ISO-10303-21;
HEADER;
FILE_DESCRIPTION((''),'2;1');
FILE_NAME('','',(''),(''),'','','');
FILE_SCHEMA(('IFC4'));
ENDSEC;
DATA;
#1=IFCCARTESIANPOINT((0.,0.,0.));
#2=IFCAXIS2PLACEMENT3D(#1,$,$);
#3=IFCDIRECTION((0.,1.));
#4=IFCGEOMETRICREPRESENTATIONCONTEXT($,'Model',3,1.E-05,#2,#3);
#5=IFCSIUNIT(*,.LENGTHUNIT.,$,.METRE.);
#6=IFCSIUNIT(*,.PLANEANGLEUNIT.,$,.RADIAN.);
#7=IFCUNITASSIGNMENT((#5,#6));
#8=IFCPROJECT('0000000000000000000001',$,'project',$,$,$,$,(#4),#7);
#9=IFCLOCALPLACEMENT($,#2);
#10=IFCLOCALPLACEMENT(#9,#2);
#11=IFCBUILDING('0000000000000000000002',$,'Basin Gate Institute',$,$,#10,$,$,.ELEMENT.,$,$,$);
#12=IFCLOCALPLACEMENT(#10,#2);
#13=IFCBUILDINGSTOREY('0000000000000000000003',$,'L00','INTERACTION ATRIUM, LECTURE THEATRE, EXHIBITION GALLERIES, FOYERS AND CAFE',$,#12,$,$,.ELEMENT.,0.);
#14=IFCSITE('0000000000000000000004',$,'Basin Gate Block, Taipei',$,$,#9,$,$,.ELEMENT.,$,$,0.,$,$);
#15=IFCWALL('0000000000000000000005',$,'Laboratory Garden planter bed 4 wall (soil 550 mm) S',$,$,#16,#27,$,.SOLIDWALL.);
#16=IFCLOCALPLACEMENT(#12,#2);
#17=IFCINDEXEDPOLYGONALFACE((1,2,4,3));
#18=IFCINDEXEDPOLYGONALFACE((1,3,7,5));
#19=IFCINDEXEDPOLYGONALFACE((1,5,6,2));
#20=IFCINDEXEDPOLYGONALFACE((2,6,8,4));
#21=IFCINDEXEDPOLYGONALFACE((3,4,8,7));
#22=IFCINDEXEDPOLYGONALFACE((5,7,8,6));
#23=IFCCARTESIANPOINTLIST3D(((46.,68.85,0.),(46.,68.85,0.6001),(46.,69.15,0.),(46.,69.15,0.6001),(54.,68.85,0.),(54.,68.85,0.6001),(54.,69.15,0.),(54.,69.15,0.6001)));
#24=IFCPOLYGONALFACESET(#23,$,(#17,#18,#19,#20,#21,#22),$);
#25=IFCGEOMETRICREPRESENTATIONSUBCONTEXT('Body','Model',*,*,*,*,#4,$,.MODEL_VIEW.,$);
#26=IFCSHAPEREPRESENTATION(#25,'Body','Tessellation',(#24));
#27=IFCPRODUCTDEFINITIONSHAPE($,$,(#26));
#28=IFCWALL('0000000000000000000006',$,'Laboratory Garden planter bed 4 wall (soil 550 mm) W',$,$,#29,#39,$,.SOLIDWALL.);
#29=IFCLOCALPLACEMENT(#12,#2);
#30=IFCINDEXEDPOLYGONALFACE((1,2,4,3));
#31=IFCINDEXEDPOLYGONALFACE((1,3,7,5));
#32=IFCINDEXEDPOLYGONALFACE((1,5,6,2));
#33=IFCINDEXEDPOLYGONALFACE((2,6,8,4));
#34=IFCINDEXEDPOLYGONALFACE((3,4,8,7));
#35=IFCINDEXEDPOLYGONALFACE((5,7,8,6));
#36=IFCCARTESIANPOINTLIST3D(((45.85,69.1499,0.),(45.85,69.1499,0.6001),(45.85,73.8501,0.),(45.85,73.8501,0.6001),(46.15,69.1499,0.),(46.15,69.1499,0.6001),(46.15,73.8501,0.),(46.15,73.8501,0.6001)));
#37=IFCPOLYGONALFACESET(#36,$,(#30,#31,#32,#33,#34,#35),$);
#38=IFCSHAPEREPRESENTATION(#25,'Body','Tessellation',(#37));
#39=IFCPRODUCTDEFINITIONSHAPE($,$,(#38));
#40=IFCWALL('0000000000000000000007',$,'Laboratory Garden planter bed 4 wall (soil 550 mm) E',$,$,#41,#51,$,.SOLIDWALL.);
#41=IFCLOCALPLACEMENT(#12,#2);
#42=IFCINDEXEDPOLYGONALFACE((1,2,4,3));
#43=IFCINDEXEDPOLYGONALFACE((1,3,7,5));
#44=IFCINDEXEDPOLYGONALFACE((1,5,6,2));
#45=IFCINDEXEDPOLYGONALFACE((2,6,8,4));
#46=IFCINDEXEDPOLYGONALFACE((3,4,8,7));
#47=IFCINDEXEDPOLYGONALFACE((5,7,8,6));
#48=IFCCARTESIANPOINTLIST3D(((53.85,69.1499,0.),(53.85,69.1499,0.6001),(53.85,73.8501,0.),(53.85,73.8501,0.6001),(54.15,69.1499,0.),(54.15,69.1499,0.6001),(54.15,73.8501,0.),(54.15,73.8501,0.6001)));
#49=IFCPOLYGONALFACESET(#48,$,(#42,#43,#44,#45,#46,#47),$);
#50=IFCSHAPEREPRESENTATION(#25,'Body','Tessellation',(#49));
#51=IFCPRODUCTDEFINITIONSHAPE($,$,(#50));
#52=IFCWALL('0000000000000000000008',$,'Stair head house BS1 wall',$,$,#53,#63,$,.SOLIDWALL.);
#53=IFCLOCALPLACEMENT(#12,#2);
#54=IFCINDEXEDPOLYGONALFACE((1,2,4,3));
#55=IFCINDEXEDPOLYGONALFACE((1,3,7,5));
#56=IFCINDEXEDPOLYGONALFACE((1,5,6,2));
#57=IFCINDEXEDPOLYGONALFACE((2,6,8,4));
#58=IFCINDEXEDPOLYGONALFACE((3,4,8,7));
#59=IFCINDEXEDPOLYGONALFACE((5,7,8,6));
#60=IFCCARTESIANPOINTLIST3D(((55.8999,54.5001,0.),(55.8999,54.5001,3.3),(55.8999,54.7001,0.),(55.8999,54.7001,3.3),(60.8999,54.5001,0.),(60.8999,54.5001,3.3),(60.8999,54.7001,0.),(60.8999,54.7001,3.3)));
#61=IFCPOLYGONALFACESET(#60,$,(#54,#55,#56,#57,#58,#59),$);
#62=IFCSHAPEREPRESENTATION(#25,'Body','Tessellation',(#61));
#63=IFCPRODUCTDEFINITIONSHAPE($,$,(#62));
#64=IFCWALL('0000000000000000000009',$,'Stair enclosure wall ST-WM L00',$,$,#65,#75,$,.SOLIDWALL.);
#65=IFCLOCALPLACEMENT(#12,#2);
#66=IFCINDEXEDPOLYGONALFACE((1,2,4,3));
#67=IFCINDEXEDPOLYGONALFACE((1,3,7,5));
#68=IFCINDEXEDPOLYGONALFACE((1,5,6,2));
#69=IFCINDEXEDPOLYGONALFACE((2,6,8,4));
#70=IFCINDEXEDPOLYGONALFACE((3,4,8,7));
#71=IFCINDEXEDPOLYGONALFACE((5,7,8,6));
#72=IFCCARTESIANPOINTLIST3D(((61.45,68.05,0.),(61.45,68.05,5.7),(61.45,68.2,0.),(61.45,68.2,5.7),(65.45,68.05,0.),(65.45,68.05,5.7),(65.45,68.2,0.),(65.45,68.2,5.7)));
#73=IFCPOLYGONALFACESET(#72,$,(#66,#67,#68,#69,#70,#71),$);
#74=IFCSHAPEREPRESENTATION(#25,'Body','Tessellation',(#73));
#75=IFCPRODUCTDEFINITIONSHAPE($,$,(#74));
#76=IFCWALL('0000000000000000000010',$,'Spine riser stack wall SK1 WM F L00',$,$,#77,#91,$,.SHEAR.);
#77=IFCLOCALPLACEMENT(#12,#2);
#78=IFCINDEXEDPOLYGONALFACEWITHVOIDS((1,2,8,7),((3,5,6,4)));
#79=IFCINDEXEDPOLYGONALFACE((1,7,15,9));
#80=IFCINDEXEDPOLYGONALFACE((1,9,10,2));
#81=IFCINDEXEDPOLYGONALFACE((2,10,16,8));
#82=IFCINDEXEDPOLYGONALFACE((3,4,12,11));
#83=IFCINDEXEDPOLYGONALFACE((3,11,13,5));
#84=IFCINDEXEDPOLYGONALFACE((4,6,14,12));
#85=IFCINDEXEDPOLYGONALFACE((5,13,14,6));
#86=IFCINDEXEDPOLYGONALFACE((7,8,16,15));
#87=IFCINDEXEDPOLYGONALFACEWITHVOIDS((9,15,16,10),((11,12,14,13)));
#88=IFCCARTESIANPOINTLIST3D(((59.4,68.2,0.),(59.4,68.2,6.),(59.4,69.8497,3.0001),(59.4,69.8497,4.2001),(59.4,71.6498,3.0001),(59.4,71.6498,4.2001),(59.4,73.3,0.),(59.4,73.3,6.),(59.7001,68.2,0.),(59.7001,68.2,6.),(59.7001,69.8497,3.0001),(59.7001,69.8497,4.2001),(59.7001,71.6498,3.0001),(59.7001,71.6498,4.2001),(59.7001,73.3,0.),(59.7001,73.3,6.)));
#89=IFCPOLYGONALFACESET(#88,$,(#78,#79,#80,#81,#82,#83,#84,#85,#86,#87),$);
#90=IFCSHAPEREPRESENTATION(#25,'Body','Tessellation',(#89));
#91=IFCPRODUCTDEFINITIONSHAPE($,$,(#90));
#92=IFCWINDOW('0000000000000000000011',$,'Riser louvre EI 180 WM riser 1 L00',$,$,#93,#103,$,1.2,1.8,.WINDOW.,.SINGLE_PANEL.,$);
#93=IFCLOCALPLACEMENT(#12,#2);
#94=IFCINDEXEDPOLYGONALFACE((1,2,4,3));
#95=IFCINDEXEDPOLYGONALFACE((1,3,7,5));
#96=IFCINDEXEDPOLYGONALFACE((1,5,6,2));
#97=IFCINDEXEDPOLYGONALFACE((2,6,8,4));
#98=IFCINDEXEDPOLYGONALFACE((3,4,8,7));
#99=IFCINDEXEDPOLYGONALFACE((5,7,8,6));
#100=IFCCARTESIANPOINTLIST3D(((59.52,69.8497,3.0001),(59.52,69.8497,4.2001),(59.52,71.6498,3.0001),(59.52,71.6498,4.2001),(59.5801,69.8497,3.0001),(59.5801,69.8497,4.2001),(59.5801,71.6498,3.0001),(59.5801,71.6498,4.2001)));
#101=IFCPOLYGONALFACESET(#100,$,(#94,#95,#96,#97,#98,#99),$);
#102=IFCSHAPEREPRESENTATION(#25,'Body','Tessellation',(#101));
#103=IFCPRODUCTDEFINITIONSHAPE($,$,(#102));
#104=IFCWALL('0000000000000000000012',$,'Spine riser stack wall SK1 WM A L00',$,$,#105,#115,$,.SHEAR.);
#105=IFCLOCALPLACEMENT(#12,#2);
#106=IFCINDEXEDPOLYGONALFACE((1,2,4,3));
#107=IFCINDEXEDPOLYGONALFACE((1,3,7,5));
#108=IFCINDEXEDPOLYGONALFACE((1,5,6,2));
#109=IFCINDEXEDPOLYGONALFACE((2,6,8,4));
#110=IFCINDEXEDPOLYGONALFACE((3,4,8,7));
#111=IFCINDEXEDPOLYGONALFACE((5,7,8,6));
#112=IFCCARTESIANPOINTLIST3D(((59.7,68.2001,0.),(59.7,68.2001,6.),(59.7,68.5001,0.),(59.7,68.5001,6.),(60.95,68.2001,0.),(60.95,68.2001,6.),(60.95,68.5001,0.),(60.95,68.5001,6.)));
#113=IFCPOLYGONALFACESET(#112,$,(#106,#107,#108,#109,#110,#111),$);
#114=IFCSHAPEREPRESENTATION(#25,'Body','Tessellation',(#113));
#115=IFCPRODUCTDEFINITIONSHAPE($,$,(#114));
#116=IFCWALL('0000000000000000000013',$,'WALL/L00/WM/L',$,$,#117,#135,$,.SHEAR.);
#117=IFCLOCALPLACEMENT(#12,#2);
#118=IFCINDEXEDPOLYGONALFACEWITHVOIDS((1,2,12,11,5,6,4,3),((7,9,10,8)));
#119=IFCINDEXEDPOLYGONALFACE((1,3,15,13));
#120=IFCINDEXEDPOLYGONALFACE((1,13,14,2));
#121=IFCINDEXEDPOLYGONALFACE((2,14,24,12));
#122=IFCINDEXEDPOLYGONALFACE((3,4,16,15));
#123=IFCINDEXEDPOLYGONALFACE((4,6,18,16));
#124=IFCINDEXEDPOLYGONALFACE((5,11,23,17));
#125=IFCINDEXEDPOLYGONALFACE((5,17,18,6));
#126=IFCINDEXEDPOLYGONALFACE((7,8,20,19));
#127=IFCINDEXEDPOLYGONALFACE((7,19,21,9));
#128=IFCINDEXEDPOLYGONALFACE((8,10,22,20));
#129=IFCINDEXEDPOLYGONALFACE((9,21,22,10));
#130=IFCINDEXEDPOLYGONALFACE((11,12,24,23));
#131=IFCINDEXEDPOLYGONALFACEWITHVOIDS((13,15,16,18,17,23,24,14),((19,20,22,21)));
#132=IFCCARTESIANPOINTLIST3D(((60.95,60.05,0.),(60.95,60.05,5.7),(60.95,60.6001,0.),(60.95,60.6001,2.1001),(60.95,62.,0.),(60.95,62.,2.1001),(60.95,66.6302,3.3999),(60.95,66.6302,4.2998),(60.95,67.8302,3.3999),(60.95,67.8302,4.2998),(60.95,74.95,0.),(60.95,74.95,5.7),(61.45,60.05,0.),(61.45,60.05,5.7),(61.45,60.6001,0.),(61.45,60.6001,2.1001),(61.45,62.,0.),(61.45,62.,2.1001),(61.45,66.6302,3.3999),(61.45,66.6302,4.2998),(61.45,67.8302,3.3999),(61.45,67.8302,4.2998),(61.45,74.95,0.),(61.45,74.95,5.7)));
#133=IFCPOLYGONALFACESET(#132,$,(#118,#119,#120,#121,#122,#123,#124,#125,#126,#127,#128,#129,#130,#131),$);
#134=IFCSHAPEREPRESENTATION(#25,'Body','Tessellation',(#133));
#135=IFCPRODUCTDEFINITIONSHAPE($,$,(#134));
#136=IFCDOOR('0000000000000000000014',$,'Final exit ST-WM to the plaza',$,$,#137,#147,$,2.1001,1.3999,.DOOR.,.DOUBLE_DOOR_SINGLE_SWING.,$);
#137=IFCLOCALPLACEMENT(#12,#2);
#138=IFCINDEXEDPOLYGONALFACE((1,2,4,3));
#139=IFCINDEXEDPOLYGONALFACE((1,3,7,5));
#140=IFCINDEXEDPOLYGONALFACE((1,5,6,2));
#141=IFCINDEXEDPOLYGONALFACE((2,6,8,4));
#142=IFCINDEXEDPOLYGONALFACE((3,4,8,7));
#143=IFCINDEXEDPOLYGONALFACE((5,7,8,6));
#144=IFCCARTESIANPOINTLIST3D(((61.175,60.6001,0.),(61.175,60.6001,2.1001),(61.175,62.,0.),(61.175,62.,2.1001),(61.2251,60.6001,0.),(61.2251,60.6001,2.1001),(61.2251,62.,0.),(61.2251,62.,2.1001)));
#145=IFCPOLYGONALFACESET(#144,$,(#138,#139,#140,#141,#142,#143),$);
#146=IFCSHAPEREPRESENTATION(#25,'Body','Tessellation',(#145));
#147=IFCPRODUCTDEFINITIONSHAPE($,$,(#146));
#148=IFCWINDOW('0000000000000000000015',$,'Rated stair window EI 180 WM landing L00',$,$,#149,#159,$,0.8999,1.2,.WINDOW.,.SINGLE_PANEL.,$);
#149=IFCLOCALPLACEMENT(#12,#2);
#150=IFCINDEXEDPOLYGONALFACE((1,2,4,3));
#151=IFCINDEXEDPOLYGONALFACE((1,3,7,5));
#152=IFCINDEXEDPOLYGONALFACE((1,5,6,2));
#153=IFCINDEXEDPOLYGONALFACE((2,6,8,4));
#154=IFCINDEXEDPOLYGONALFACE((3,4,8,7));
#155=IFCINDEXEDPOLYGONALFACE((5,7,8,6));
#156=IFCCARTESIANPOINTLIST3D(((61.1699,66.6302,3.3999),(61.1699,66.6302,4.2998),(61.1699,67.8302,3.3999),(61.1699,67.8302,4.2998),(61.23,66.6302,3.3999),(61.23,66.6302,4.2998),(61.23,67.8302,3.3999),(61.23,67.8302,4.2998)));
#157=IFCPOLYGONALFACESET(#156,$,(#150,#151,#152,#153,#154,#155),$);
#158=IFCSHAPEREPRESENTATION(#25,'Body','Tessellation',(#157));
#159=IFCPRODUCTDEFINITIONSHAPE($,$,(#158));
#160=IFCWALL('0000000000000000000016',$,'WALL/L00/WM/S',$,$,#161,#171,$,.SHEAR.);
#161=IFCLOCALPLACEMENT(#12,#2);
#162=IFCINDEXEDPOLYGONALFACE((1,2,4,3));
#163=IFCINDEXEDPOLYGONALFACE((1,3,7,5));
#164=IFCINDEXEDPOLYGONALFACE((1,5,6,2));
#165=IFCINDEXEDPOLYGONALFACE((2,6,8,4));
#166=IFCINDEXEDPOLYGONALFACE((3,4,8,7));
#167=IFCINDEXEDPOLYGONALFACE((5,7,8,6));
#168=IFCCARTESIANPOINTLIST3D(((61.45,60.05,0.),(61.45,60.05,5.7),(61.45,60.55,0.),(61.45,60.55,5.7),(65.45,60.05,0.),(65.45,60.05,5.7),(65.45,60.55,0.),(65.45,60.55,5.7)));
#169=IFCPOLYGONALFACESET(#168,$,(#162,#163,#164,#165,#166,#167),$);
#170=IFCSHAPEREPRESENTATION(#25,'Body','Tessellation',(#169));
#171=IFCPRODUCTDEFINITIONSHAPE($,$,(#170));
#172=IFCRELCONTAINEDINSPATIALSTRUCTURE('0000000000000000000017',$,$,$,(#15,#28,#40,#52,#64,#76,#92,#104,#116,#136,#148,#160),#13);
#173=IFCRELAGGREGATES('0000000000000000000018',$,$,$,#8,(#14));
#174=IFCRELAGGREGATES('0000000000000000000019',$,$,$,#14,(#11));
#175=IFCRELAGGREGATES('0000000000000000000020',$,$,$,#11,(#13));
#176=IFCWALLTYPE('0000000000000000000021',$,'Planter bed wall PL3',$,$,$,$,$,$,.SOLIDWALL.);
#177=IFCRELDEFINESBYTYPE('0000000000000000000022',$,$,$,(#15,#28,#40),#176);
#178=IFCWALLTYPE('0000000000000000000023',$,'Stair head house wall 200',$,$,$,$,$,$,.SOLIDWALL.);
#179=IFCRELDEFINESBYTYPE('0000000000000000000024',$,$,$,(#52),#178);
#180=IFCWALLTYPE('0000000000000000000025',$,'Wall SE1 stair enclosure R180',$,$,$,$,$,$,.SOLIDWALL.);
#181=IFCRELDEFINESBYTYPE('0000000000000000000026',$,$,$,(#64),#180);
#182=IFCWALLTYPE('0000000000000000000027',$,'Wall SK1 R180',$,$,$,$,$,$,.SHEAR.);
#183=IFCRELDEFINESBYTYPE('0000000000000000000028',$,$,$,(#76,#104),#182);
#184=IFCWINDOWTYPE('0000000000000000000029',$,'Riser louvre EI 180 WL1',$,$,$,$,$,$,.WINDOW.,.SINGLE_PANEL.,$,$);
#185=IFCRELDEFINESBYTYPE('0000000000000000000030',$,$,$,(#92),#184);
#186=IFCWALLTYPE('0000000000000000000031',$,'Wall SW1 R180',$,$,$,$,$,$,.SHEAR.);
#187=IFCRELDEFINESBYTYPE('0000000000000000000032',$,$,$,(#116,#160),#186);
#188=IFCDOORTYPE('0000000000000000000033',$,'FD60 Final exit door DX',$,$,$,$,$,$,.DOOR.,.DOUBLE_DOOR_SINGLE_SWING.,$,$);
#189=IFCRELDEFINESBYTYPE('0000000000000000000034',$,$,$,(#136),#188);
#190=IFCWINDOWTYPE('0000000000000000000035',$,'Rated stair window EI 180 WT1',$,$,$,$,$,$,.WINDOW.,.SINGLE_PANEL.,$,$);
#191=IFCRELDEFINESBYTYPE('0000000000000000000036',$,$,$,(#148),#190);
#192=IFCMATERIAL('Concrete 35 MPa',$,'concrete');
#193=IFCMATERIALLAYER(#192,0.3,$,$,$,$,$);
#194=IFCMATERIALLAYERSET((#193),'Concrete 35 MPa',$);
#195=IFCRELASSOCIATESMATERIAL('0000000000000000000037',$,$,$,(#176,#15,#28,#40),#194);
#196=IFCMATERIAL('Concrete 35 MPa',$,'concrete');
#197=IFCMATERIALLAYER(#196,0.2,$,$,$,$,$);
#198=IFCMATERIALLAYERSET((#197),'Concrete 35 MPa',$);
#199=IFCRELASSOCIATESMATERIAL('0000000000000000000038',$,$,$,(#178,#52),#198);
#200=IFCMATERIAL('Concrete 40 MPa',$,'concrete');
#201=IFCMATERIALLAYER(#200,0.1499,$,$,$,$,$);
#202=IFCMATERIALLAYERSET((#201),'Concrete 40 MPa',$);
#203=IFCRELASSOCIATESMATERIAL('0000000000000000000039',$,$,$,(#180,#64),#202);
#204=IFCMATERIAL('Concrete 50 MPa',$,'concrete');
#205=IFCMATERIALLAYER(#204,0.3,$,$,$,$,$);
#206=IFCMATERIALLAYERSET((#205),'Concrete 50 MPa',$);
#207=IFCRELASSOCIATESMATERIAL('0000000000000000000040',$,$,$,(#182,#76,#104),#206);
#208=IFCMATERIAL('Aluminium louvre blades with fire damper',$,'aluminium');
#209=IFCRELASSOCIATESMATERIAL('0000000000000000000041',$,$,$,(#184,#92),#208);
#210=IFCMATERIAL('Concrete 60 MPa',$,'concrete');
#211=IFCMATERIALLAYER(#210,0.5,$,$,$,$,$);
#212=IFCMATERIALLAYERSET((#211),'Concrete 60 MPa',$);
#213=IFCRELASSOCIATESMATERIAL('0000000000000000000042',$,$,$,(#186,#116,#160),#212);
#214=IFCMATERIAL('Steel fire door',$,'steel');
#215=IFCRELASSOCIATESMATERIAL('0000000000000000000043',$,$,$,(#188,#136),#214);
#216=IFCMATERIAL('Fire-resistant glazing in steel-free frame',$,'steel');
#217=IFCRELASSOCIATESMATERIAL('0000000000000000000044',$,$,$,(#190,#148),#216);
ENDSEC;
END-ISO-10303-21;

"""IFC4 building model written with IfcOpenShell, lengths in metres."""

from ifc_helpers import new_model, si_unit, direction, frame, frame_2d, origin, place, context, subcontext, project, spatial, rectangle, extrude, material, layer, layer_set, type_object, element, fill, save


model = new_model("IFC4")

# Units and contexts
model_context = context("Model", 3, precision=1e-05, world=origin(), true_north=direction((0.0, 1.0)))
body_context = subcontext(model_context, "Body", "Model", "MODEL_VIEW")
ifc_project = project(units=[si_unit("LENGTHUNIT", "METRE"), si_unit("PLANEANGLEUNIT", "RADIAN")], contexts=[model_context])

# Site, building, storey
site_placement = place(None, origin())
site = spatial("IfcSite", under=ifc_project, at=site_placement, Name="Basin Gate Block, Taipei", CompositionType="ELEMENT", RefElevation=0.0)
building_placement = place(site_placement, origin())
building = spatial("IfcBuilding", under=site, at=building_placement, Name="Basin Gate Institute", CompositionType="ELEMENT")
storey_placement = place(building_placement, origin())
storey = spatial("IfcBuildingStorey", under=building, at=storey_placement, Name="L00", Description="INTERACTION ATRIUM, LECTURE THEATRE, EXHIBITION GALLERIES, FOYERS AND CAFE", CompositionType="ELEMENT", Elevation=0.0)

# Walls
ifc_material_1 = material(Name="Concrete 35 MPa", Category="concrete")
ifc_layer_1 = layer(ifc_material_1, 0.3)
ifc_layer_set_1 = layer_set([ifc_layer_1], Name="Concrete 35 MPa")
wall_type_1 = type_object("IfcWallType", Name="Planter bed wall PL3", PredefinedType="SOLIDWALL", material=ifc_layer_set_1)
wall_1_placement = place(storey_placement, frame((46.0, 69.0, 0.0), z_axis=(0.0, 0.0, 1.0), x_axis=(1.0, 0.0, 0.0)))
element("IfcWall", 1, at=wall_1_placement, inside=storey, type_object=wall_type_1, material=ifc_layer_set_1, Name="Laboratory Garden planter bed 4 wall (soil 550 mm) S", PredefinedType="SOLIDWALL", context=body_context, shape_type="SweptSolid", body=[
    extrude(rectangle(XDim=8.0, YDim=0.3, at=frame_2d((4.0, 0.0))), origin(), (0.0, 0.0, 1.0), 0.6001),
])
for number, where, z_axis, x_axis, name in (
    (2, (46.0, 69.1499, 0.0), (0.0, 0.0, 1.0), (0.0, 1.0, 0.0), "Laboratory Garden planter bed 4 wall (soil 550 mm) W"),
    (3, (54.0, 69.1499, 0.0), (0.0, 0.0, 1.0), (0.0, 1.0, 0.0), "Laboratory Garden planter bed 4 wall (soil 550 mm) E"),
):
    element("IfcWall", number, at=place(storey_placement, frame(where, z_axis=z_axis, x_axis=x_axis)), inside=storey, type_object=wall_type_1, material=ifc_layer_set_1, Name=name, PredefinedType="SOLIDWALL", context=body_context, shape_type="SweptSolid", body=[
        extrude(rectangle(XDim=4.7002, YDim=0.3, at=frame_2d((2.3501, 0.0))), origin(), (0.0, 0.0, 1.0), 0.6001),
    ])
ifc_material_2 = material(Name="Concrete 35 MPa", Category="concrete")
ifc_layer_2 = layer(ifc_material_2, 0.2)
ifc_layer_set_2 = layer_set([ifc_layer_2], Name="Concrete 35 MPa")
wall_type_2 = type_object("IfcWallType", Name="Stair head house wall 200", PredefinedType="SOLIDWALL", material=ifc_layer_set_2)
wall_2_placement = place(storey_placement, frame((55.8999, 54.6001, 0.0), z_axis=(0.0, 0.0, 1.0), x_axis=(1.0, 0.0, 0.0)))
element("IfcWall", 4, at=wall_2_placement, inside=storey, type_object=wall_type_2, material=ifc_layer_set_2, Name="Stair head house BS1 wall", PredefinedType="SOLIDWALL", context=body_context, shape_type="SweptSolid", body=[
    extrude(rectangle(XDim=5.0, YDim=0.2, at=frame_2d((2.5, 0.0))), origin(), (0.0, 0.0, 1.0), 3.3),
])
ifc_material_3 = material(Name="Concrete 40 MPa", Category="concrete")
ifc_layer_3 = layer(ifc_material_3, 0.1499)
ifc_layer_set_3 = layer_set([ifc_layer_3], Name="Concrete 40 MPa")
wall_type_3 = type_object("IfcWallType", Name="Wall SE1 stair enclosure R180", PredefinedType="SOLIDWALL", material=ifc_layer_set_3)
wall_3_placement = place(storey_placement, frame((61.45, 68.125, 0.0), z_axis=(0.0, 0.0, 1.0), x_axis=(1.0, 0.0, 0.0)))
element("IfcWall", 5, at=wall_3_placement, inside=storey, type_object=wall_type_3, material=ifc_layer_set_3, Name="Stair enclosure wall ST-WM L00", PredefinedType="SOLIDWALL", context=body_context, shape_type="SweptSolid", body=[
    extrude(rectangle(XDim=4.0, YDim=0.1499, at=frame_2d((2.0, 0.0))), origin(), (0.0, 0.0, 1.0), 5.7),
])

# Wall, opening, window
ifc_material_4 = material(Name="Concrete 50 MPa", Category="concrete")
ifc_layer_4 = layer(ifc_material_4, 0.3)
ifc_layer_set_4 = layer_set([ifc_layer_4], Name="Concrete 50 MPa")
wall_type_4 = type_object("IfcWallType", Name="Wall SK1 R180", PredefinedType="SHEAR", material=ifc_layer_set_4)
wall_4_placement = place(storey_placement, frame((59.55, 68.2, 0.0), z_axis=(0.0, 0.0, 1.0), x_axis=(0.0, 1.0, 0.0)))
wall_4 = element("IfcWall", 6, at=wall_4_placement, inside=storey, type_object=wall_type_4, material=ifc_layer_set_4, Name="Spine riser stack wall SK1 WM F L00", PredefinedType="SHEAR", context=body_context, shape_type="SweptSolid", body=[
    extrude(rectangle(XDim=5.1001, YDim=0.3, at=frame_2d((2.55, 0.0))), origin(), (0.0, 0.0, 1.0), 6.0),
])
opening_1_placement = place(wall_4_placement, frame((1.6499, 0.0, 3.0)))
opening_1 = element("IfcOpeningElement", 7, at=opening_1_placement, cuts=wall_4, PredefinedType="OPENING", context=body_context, shape_type="SweptSolid", body=[
    extrude(rectangle(XDim=1.8, YDim=1.2, at=frame_2d((0.8999, 0.6001))), frame((0.0, 0.1602, 0.0), z_axis=(0.0, -1.0, 0.0), x_axis=(1.0, 0.0, 0.0)), (0.0, 0.0, 1.0), 0.3201),
])
ifc_material_5 = material(Name="Aluminium louvre blades with fire damper", Category="aluminium")
window_type_1 = type_object("IfcWindowType", Name="Riser louvre EI 180 WL1", PartitioningType="SINGLE_PANEL", PredefinedType="WINDOW", material=ifc_material_5)
window_1_placement = place(opening_1_placement, origin())
window_1 = element("IfcWindow", 8, at=window_1_placement, inside=storey, type_object=window_type_1, material=ifc_material_5, Name="Riser louvre EI 180 WM riser 1 L00", OverallHeight=1.2, OverallWidth=1.8, PartitioningType="SINGLE_PANEL", PredefinedType="WINDOW", context=body_context, shape_type="SweptSolid", body=[
    extrude(rectangle(XDim=1.8, YDim=1.2, at=frame_2d((0.8999, 0.6001))), frame((0.0, 0.03, 0.0), z_axis=(0.0, -1.0, 0.0), x_axis=(1.0, 0.0, 0.0)), (0.0, 0.0, 1.0), 0.0601),
])
fill(opening_1, window_1)

# Wall
wall_5_placement = place(storey_placement, frame((60.95, 68.3501, 0.0), z_axis=(0.0, 0.0, 1.0), x_axis=(-1.0, 0.0, 0.0)))
element("IfcWall", 9, at=wall_5_placement, inside=storey, type_object=wall_type_4, material=ifc_layer_set_4, Name="Spine riser stack wall SK1 WM A L00", PredefinedType="SHEAR", context=body_context, shape_type="SweptSolid", body=[
    extrude(rectangle(XDim=1.25, YDim=0.3, at=frame_2d((0.625, 0.0))), origin(), (0.0, 0.0, 1.0), 6.0),
])

# Wall, openings, door, window
ifc_material_6 = material(Name="Concrete 60 MPa", Category="concrete")
ifc_layer_5 = layer(ifc_material_6, 0.5)
ifc_layer_set_5 = layer_set([ifc_layer_5], Name="Concrete 60 MPa")
wall_type_5 = type_object("IfcWallType", Name="Wall SW1 R180", PredefinedType="SHEAR", material=ifc_layer_set_5)
wall_6_placement = place(storey_placement, frame((61.2, 60.05, 0.0), z_axis=(0.0, 0.0, 1.0), x_axis=(0.0, 1.0, 0.0)))
wall_6 = element("IfcWall", 10, at=wall_6_placement, inside=storey, type_object=wall_type_5, material=ifc_layer_set_5, Name="WALL/L00/WM/L", PredefinedType="SHEAR", context=body_context, shape_type="SweptSolid", body=[
    extrude(rectangle(XDim=14.8999, YDim=0.5, at=frame_2d((7.45, 0.0))), origin(), (0.0, 0.0, 1.0), 5.7),
])
opening_2_placement = place(wall_6_placement, frame((0.55, 0.0, 0.0)))
opening_2 = element("IfcOpeningElement", 11, at=opening_2_placement, cuts=wall_6, PredefinedType="OPENING", context=body_context, shape_type="SweptSolid", body=[
    extrude(rectangle(XDim=1.3999, YDim=2.1001, at=frame_2d((0.7, 1.05))), frame((0.0, 0.26, 0.0), z_axis=(0.0, -1.0, 0.0), x_axis=(1.0, 0.0, 0.0)), (0.0, 0.0, 1.0), 0.52),
])
opening_3_placement = place(wall_6_placement, frame((6.5801, 0.0, 3.3999)))
opening_3 = element("IfcOpeningElement", 12, at=opening_3_placement, cuts=wall_6, PredefinedType="OPENING", context=body_context, shape_type="SweptSolid", body=[
    extrude(rectangle(XDim=1.2, YDim=0.8999, at=frame_2d((0.6001, 0.45))), frame((0.0, 0.26, 0.0), z_axis=(0.0, -1.0, 0.0), x_axis=(1.0, 0.0, 0.0)), (0.0, 0.0, 1.0), 0.52),
])
ifc_material_7 = material(Name="Steel fire door", Category="steel")
door_type_1 = type_object("IfcDoorType", Name="FD60 Final exit door DX", OperationType="DOUBLE_DOOR_SINGLE_SWING", PredefinedType="DOOR", material=ifc_material_7)
door_1_placement = place(opening_2_placement, origin())
door_1 = element("IfcDoor", 13, at=door_1_placement, inside=storey, type_object=door_type_1, material=ifc_material_7, Name="Final exit ST-WM to the plaza", OperationType="DOUBLE_DOOR_SINGLE_SWING", OverallHeight=2.1001, OverallWidth=1.3999, PredefinedType="DOOR", context=body_context, shape_type="SweptSolid", body=[
    extrude(rectangle(XDim=1.3999, YDim=2.1001, at=frame_2d((0.7, 1.05))), frame((0.0, 0.0249, 0.0), z_axis=(0.0, -1.0, 0.0), x_axis=(1.0, 0.0, 0.0)), (0.0, 0.0, 1.0), 0.05),
])
fill(opening_2, door_1)
ifc_material_8 = material(Name="Fire-resistant glazing in steel-free frame", Category="steel")
window_type_2 = type_object("IfcWindowType", Name="Rated stair window EI 180 WT1", PartitioningType="SINGLE_PANEL", PredefinedType="WINDOW", material=ifc_material_8)
window_2_placement = place(opening_3_placement, origin())
window_2 = element("IfcWindow", 14, at=window_2_placement, inside=storey, type_object=window_type_2, material=ifc_material_8, Name="Rated stair window EI 180 WM landing L00", OverallHeight=0.8999, OverallWidth=1.2, PartitioningType="SINGLE_PANEL", PredefinedType="WINDOW", context=body_context, shape_type="SweptSolid", body=[
    extrude(rectangle(XDim=1.2, YDim=0.8999, at=frame_2d((0.6001, 0.45))), frame((0.0, 0.03, 0.0), z_axis=(0.0, -1.0, 0.0), x_axis=(1.0, 0.0, 0.0)), (0.0, 0.0, 1.0), 0.0601),
])
fill(opening_3, window_2)

# Wall
wall_7_placement = place(storey_placement, frame((61.45, 60.3, 0.0), z_axis=(0.0, 0.0, 1.0), x_axis=(1.0, 0.0, 0.0)))
element("IfcWall", 15, at=wall_7_placement, inside=storey, type_object=wall_type_5, material=ifc_layer_set_5, Name="WALL/L00/WM/S", PredefinedType="SHEAR", context=body_context, shape_type="SweptSolid", body=[
    extrude(rectangle(XDim=4.0, YDim=0.5, at=frame_2d((2.0, 0.0))), origin(), (0.0, 0.0, 1.0), 5.7),
])

save(model, "model.ifc")
